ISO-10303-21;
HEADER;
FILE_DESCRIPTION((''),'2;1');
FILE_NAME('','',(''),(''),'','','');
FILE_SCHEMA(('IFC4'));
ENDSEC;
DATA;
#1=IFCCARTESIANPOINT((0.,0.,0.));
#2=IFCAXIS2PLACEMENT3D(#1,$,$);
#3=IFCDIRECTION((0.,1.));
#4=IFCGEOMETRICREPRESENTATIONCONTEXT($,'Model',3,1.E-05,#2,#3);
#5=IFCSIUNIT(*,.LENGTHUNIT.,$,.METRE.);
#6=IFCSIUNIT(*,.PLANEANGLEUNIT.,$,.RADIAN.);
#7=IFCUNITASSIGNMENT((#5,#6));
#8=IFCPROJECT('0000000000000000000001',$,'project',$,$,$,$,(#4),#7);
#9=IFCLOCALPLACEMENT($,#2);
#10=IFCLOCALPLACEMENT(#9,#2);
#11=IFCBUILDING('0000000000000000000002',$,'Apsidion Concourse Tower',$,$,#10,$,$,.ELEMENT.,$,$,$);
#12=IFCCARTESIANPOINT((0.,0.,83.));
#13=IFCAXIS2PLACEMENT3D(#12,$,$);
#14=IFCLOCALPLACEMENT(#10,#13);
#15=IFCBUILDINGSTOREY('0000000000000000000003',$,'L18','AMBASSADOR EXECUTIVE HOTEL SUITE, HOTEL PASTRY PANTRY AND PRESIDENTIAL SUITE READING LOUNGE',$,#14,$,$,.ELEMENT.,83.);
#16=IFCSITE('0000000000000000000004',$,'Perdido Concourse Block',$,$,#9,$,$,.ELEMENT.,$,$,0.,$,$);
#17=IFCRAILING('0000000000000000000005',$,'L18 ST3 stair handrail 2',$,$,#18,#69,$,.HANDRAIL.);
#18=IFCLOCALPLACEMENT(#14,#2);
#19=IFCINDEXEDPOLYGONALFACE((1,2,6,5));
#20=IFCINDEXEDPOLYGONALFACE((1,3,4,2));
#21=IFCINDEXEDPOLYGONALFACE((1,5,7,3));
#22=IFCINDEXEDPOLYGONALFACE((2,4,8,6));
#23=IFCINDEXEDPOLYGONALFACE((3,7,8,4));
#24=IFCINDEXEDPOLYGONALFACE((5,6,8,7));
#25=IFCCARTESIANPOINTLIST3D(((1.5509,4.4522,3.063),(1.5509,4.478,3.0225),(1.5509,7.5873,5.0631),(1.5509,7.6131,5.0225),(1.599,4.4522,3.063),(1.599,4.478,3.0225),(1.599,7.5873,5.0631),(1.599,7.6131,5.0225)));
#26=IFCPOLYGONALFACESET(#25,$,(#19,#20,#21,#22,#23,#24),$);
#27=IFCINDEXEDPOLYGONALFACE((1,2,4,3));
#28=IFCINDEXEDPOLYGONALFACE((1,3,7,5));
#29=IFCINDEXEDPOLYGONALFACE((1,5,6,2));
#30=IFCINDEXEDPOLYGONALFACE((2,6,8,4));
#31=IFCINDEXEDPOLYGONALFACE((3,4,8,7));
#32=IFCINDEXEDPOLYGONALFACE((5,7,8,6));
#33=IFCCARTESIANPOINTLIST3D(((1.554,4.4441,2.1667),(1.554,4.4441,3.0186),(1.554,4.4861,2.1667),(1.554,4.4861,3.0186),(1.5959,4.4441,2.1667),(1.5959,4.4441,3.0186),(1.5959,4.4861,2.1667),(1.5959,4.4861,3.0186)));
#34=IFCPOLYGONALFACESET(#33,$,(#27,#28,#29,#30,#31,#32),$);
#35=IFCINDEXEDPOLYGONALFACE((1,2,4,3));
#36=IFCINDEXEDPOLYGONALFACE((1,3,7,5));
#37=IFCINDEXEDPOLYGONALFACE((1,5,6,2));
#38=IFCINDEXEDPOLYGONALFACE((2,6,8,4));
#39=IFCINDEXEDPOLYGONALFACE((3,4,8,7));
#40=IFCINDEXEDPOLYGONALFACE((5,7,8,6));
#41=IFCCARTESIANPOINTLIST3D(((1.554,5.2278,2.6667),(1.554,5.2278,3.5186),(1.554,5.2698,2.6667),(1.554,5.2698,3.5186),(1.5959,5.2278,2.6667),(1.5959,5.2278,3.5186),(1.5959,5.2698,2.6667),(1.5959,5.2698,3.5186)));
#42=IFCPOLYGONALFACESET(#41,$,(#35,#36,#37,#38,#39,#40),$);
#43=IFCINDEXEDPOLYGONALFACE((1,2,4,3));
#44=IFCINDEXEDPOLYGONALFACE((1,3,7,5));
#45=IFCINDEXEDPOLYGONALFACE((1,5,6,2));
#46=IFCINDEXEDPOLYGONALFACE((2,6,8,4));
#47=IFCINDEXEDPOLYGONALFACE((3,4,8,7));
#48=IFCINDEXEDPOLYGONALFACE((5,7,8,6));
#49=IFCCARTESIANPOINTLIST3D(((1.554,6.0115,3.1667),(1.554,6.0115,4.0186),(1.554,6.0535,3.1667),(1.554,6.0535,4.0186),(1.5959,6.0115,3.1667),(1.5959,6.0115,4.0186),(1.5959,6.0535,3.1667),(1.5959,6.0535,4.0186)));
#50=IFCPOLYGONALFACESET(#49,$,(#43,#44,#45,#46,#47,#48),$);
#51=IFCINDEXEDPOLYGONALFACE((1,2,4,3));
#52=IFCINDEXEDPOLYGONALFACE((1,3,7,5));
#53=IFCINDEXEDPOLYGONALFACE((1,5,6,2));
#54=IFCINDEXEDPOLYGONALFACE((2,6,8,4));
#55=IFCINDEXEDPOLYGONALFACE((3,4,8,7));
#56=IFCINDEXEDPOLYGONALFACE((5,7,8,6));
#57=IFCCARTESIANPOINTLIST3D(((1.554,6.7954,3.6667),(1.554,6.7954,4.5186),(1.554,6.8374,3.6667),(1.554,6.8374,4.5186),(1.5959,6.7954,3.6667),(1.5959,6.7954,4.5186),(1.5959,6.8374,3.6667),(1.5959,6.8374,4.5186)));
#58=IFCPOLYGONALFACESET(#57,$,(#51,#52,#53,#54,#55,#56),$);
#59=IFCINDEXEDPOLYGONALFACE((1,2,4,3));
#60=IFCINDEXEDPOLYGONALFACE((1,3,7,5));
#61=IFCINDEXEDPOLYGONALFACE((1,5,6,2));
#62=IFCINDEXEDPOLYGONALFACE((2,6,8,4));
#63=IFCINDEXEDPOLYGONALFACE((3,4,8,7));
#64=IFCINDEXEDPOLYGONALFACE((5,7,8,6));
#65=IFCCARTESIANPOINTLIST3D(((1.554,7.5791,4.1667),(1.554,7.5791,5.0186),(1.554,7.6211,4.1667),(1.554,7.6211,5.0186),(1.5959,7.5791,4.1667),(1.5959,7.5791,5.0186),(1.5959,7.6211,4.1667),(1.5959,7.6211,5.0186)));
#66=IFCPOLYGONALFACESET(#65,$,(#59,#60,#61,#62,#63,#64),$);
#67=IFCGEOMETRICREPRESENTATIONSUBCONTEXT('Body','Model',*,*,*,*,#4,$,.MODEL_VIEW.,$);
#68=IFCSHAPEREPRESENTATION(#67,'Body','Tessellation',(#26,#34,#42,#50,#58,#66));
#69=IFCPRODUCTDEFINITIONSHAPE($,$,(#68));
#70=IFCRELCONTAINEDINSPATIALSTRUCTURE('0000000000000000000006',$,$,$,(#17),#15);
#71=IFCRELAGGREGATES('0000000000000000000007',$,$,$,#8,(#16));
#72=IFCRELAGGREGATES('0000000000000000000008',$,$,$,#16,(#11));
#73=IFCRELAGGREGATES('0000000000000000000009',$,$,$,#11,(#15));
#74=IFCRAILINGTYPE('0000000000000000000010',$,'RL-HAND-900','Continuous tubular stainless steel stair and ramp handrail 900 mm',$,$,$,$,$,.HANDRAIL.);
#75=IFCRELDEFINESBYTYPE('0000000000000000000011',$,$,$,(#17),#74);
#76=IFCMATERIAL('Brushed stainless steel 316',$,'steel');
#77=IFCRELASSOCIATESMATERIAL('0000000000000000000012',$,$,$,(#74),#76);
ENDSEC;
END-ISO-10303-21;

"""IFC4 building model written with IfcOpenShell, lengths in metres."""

from ifc_helpers import new_model, si_unit, direction, frame, origin, origin_2d, place, context, subcontext, project, spatial, rectangle, extrude, material, type_object, element, save


model = new_model("IFC4")

# Units and contexts
model_context = context("Model", 3, precision=1e-05, world=origin(), true_north=direction((0.0, 1.0)))
body_context = subcontext(model_context, "Body", "Model", "MODEL_VIEW")
ifc_project = project(units=[si_unit("LENGTHUNIT", "METRE"), si_unit("PLANEANGLEUNIT", "RADIAN")], contexts=[model_context])

# Site, building, storey
site_placement = place(None, origin())
site = spatial("IfcSite", under=ifc_project, at=site_placement, Name="Perdido Concourse Block", CompositionType="ELEMENT", RefElevation=0.0)
building_placement = place(site_placement, origin())
building = spatial("IfcBuilding", under=site, at=building_placement, Name="Apsidion Concourse Tower", CompositionType="ELEMENT")
storey_placement = place(building_placement, frame((0.0, 0.0, 83.0)))
storey = spatial("IfcBuildingStorey", under=building, at=storey_placement, Name="L18", Description="AMBASSADOR EXECUTIVE HOTEL SUITE, HOTEL PASTRY PANTRY AND PRESIDENTIAL SUITE READING LOUNGE", CompositionType="ELEMENT", Elevation=83.0)

# Railing
ifc_material_1 = material(Name="Brushed stainless steel 316", Category="steel")
railing_type_1 = type_object("IfcRailingType", Name="RL-HAND-900", Description="Continuous tubular stainless steel stair and ramp handrail 900 mm", PredefinedType="HANDRAIL", material=ifc_material_1)
railing_1_placement = place(storey_placement, frame((1.575, 4.4651, 2.1667)))
element("IfcRailing", 1, at=railing_1_placement, inside=storey, type_object=railing_type_1, Name="L18 ST3 stair handrail 2", PredefinedType="HANDRAIL", context=body_context, shape_type="SweptSolid", body=[
    extrude(rectangle(XDim=0.0481, YDim=0.0481, at=origin_2d()), frame((0.0, 0.0, 0.876), z_axis=(0.0, 0.843053, 0.537831), x_axis=(-1.0, 0.0, 0.0)), (0.0, 0.0, 1.0), 3.7188),
    extrude(rectangle(XDim=0.042, YDim=0.042, at=origin_2d()), origin(), (0.0, 0.0, 1.0), 0.8518),
    extrude(rectangle(XDim=0.042, YDim=0.042, at=origin_2d()), frame((0.0, 0.7837, 0.5)), (0.0, 0.0, 1.0), 0.8518),
    extrude(rectangle(XDim=0.042, YDim=0.042, at=origin_2d()), frame((0.0, 1.5674, 1.0)), (0.0, 0.0, 1.0), 0.8518),
    extrude(rectangle(XDim=0.042, YDim=0.042, at=origin_2d()), frame((0.0, 2.3513, 1.5)), (0.0, 0.0, 1.0), 0.8518),
    extrude(rectangle(XDim=0.042, YDim=0.042, at=origin_2d()), frame((0.0, 3.135, 2.0)), (0.0, 0.0, 1.0), 0.8518),
])

save(model, "model.ifc")
